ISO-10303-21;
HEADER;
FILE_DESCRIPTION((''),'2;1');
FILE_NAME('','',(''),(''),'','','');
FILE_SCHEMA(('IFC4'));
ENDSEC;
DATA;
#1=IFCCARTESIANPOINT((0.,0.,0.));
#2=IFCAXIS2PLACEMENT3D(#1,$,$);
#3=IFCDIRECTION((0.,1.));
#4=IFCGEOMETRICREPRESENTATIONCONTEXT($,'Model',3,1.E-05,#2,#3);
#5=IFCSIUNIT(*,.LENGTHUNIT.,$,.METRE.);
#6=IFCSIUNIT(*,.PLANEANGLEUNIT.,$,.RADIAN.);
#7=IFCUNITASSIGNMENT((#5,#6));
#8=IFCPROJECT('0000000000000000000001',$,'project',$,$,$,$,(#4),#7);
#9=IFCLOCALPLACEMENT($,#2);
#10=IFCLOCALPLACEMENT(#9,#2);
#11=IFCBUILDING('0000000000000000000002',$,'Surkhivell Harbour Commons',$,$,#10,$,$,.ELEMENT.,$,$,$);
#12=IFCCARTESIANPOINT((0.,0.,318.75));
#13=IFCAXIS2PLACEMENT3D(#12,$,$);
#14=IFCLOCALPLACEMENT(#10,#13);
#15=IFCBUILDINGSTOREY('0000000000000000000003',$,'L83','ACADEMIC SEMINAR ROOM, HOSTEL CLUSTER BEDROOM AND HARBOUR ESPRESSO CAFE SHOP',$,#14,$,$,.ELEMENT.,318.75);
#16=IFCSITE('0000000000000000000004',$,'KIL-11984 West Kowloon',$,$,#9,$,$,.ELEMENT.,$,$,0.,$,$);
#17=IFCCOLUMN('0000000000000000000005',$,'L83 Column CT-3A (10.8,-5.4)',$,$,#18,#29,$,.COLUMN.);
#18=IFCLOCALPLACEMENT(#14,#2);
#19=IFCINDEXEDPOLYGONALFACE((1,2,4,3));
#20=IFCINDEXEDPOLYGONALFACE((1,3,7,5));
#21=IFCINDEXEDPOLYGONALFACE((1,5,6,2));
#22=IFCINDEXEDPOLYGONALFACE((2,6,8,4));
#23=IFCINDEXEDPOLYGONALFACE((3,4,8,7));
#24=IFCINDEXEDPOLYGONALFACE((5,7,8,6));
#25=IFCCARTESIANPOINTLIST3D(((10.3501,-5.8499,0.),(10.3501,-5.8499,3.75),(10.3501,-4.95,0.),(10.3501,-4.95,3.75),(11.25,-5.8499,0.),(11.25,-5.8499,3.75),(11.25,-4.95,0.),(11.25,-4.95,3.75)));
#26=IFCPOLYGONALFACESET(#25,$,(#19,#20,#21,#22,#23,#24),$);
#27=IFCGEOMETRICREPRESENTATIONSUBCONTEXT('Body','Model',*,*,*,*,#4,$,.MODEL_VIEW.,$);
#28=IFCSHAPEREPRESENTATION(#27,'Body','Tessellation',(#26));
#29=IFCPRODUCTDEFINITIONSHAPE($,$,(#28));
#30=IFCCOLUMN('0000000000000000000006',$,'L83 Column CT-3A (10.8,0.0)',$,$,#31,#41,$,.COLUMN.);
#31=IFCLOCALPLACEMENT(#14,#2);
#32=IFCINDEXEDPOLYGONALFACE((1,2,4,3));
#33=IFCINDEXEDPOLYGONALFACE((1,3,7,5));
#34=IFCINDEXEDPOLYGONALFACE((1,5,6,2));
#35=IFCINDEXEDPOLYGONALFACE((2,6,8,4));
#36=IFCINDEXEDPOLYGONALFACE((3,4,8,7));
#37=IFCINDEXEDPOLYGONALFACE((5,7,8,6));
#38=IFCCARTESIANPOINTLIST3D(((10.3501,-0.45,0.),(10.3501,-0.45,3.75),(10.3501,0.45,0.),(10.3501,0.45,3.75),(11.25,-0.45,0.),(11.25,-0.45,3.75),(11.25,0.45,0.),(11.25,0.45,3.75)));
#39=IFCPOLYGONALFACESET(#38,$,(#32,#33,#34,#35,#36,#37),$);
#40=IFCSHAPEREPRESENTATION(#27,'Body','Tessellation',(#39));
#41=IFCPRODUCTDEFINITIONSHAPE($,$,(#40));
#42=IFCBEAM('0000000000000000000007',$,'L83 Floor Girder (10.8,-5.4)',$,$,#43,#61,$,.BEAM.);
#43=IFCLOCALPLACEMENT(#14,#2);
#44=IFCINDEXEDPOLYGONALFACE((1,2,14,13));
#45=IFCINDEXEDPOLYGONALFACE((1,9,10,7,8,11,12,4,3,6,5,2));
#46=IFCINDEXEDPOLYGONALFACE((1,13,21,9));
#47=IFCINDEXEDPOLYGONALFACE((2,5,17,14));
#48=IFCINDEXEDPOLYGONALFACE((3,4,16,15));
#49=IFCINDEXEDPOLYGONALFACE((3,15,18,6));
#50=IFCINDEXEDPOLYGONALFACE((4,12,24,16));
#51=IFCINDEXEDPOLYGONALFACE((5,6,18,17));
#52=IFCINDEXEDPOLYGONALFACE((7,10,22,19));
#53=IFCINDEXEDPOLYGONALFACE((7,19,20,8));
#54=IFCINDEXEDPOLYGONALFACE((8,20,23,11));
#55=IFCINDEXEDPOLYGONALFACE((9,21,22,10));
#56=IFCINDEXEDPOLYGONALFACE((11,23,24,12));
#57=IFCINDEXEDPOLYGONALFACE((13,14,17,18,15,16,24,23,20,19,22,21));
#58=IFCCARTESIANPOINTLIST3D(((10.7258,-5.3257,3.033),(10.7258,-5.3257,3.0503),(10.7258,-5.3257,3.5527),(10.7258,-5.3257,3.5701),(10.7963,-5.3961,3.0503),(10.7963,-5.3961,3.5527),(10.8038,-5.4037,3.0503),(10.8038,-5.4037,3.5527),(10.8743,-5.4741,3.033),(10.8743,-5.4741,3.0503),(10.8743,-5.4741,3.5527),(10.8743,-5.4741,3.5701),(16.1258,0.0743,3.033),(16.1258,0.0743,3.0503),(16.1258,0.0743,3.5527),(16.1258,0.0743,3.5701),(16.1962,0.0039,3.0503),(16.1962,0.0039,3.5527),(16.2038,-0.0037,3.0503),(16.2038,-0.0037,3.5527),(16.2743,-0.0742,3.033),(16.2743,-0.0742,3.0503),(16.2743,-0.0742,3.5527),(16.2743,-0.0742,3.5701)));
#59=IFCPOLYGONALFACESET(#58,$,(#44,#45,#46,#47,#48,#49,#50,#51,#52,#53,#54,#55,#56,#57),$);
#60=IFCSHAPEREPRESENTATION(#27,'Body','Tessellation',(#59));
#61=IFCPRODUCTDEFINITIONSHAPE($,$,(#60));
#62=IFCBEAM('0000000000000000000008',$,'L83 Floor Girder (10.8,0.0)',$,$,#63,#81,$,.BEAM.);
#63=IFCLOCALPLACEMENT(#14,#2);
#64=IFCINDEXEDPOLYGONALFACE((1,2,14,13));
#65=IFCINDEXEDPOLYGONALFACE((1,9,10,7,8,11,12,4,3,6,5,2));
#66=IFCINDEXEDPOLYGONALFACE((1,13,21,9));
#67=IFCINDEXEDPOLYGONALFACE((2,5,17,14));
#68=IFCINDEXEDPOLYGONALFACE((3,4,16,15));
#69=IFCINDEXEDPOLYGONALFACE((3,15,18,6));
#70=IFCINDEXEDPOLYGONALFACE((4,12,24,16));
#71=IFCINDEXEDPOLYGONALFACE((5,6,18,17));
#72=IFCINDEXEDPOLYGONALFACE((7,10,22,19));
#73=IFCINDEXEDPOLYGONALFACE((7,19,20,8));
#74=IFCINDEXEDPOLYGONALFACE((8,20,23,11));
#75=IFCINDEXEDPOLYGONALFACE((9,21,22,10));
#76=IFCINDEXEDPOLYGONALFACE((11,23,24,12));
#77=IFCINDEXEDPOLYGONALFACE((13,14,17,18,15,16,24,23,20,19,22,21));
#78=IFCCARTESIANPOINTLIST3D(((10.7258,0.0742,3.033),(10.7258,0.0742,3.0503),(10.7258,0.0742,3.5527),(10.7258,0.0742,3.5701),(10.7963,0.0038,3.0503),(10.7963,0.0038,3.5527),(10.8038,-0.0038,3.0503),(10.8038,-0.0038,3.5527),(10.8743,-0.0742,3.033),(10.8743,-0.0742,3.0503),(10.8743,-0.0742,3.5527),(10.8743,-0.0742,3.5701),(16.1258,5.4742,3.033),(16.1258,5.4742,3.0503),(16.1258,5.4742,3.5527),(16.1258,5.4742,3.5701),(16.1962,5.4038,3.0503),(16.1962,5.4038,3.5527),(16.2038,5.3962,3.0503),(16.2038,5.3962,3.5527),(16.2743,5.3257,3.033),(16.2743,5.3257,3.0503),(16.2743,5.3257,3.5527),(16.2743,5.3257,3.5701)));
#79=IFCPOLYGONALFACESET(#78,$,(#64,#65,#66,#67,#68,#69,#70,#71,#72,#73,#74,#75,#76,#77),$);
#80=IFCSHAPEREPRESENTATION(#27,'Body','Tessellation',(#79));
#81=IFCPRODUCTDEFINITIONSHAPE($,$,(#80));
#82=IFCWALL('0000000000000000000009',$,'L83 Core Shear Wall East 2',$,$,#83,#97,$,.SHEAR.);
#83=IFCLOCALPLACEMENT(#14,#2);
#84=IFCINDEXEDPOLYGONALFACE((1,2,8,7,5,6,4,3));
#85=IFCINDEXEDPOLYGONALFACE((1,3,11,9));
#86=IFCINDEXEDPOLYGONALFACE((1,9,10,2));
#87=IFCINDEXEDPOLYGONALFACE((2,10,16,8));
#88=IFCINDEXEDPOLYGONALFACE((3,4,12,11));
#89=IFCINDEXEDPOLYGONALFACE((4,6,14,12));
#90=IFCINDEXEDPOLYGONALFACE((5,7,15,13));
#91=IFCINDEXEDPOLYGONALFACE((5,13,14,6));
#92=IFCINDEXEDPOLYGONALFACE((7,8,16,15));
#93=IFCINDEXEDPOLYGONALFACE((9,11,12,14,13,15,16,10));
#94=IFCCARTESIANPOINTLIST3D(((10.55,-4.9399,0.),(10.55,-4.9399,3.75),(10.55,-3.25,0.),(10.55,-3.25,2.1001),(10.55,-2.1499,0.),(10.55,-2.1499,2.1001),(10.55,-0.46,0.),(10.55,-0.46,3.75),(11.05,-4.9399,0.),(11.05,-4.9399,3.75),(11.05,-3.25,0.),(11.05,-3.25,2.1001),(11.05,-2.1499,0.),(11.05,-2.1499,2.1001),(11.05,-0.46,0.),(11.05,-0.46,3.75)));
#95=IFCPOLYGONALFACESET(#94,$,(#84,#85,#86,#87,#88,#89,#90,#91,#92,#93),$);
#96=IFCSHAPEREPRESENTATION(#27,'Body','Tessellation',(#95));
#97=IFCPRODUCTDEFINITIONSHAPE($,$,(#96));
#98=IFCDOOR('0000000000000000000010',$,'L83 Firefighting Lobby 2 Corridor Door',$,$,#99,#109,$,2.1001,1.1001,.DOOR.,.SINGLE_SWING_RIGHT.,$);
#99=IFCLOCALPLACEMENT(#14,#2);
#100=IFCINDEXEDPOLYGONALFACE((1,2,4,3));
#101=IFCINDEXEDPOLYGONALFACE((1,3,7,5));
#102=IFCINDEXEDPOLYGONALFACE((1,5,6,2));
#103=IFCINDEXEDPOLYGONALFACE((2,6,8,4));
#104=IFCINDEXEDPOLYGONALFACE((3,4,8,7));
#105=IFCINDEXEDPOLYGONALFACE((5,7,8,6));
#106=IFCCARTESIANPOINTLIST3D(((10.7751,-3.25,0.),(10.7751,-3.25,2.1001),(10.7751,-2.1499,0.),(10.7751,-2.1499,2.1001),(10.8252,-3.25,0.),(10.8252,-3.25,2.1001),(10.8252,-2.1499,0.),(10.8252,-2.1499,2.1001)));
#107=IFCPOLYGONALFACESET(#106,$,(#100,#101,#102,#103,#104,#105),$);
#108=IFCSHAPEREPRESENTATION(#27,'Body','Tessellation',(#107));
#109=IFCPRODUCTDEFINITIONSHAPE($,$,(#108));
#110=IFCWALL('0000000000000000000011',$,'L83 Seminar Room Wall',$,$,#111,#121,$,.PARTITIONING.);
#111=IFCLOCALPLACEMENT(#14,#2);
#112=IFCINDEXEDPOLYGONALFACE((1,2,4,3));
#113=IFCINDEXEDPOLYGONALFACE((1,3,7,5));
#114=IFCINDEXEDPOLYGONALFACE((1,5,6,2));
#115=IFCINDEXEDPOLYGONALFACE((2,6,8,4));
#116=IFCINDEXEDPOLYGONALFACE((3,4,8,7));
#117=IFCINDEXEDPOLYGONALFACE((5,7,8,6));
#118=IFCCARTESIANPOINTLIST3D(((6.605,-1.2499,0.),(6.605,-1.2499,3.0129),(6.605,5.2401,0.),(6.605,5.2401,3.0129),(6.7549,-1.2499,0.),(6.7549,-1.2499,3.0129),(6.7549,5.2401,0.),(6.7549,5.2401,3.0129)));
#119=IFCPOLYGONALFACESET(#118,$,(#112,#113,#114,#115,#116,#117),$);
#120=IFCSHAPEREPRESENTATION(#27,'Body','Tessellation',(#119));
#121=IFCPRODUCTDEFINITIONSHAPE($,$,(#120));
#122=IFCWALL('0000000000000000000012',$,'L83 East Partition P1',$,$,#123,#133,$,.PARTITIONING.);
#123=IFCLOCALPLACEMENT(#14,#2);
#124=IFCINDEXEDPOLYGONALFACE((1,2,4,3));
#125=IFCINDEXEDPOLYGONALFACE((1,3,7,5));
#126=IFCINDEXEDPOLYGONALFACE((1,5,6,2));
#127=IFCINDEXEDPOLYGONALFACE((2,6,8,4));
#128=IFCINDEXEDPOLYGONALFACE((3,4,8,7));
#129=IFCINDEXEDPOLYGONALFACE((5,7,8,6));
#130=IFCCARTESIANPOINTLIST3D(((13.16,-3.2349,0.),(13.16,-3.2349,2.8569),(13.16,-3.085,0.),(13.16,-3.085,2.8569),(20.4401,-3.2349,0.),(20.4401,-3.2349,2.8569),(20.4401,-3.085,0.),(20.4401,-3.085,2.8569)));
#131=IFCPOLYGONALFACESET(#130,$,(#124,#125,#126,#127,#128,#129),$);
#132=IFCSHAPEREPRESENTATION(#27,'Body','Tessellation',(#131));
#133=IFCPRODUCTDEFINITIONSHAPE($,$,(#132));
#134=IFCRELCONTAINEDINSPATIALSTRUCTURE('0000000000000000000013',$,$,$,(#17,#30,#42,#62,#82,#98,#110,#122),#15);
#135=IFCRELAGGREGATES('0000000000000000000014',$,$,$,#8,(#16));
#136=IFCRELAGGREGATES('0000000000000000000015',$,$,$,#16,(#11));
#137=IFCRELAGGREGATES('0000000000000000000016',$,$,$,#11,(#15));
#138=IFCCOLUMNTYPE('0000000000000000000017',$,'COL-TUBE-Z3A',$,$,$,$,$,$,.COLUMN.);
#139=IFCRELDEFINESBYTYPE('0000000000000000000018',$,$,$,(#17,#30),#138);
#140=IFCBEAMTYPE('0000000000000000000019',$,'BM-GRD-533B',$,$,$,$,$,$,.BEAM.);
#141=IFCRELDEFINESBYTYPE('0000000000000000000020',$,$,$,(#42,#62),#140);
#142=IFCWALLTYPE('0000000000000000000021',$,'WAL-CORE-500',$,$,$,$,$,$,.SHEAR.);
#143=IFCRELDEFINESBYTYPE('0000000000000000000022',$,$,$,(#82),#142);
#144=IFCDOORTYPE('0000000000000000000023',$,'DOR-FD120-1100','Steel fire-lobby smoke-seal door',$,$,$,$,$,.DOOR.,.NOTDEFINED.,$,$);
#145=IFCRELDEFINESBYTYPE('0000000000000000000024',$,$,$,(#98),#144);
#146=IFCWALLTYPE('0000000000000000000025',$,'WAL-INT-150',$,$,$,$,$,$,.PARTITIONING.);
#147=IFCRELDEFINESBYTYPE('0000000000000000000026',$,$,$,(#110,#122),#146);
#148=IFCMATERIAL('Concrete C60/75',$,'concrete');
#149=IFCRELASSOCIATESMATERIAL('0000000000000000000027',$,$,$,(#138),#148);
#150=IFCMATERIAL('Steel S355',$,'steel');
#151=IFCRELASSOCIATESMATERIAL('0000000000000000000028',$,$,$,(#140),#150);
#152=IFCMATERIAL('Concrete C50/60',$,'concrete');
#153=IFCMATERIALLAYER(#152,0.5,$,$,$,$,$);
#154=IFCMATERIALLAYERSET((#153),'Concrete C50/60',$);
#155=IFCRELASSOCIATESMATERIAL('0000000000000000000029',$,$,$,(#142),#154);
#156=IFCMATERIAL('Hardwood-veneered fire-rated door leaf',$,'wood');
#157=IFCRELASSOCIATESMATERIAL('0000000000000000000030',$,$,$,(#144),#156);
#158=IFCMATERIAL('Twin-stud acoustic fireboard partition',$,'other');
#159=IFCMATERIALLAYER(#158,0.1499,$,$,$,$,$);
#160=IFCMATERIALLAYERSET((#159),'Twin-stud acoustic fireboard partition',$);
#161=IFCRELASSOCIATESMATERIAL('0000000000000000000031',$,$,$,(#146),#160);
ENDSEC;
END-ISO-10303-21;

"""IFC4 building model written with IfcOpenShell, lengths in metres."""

from ifc_helpers import new_model, si_unit, direction, frame, frame_2d, origin, origin_2d, place, context, subcontext, project, spatial, rectangle, i_section, extrude, material, layer, layer_set, material_profile, profile_set, type_object, element, fill, save


model = new_model("IFC4")

# Units and contexts
model_context = context("Model", 3, precision=1e-05, world=origin(), true_north=direction((0.0, 1.0)))
body_context = subcontext(model_context, "Body", "Model", "MODEL_VIEW")
ifc_project = project(units=[si_unit("LENGTHUNIT", "METRE"), si_unit("PLANEANGLEUNIT", "RADIAN")], contexts=[model_context])

# Site, building, storey
site_placement = place(None, origin())
site = spatial("IfcSite", under=ifc_project, at=site_placement, Name="KIL-11984 West Kowloon", CompositionType="ELEMENT", RefElevation=0.0)
building_placement = place(site_placement, origin())
building = spatial("IfcBuilding", under=site, at=building_placement, Name="Surkhivell Harbour Commons", CompositionType="ELEMENT")
storey_placement = place(building_placement, frame((0.0, 0.0, 318.75)))
storey = spatial("IfcBuildingStorey", under=building, at=storey_placement, Name="L83", Description="ACADEMIC SEMINAR ROOM, HOSTEL CLUSTER BEDROOM AND HARBOUR ESPRESSO CAFE SHOP", CompositionType="ELEMENT", Elevation=318.75)

# Columns
ifc_material_1 = material(Name="Concrete C60/75", Category="concrete")
ifc_material_profile_1 = material_profile(ifc_material_1, rectangle(XDim=0.8999, YDim=0.8999, at=origin_2d()), Name="RC-COL-900x900")
ifc_profile_set_1 = profile_set([ifc_material_profile_1], Name="Concrete C60/75")
column_type = type_object("IfcColumnType", Name="COL-TUBE-Z3A", PredefinedType="COLUMN", material=ifc_profile_set_1)
for number, where, z_axis, x_axis, name in (
    (1, (10.8, -5.3999, 0.0), (0.0, 0.0, 1.0), (1.0, 0.0, 0.0), "L83 Column CT-3A (10.8,-5.4)"),
    (2, (10.8, 0.0, 0.0), (0.0, 0.0, 1.0), (1.0, 0.0, 0.0), "L83 Column CT-3A (10.8,0.0)"),
):
    element("IfcColumn", number, at=place(storey_placement, frame(where, z_axis=z_axis, x_axis=x_axis)), inside=storey, type_object=column_type, Name=name, PredefinedType="COLUMN", context=body_context, shape_type="SweptSolid", body=[
        extrude(rectangle(XDim=0.8999, YDim=0.8999, at=origin_2d()), origin(), (0.0, 0.0, 1.0), 3.75),
    ])

# Beams
ifc_material_2 = material(Name="Steel S355", Category="steel")
ifc_material_profile_2 = material_profile(ifc_material_2, i_section(OverallWidth=0.21, OverallDepth=0.5371, WebThickness=0.0107, FlangeThickness=0.0173, at=origin_2d()), Name="UB533x210x101")
ifc_profile_set_2 = profile_set([ifc_material_profile_2], Name="Steel S355")
beam_type = type_object("IfcBeamType", Name="BM-GRD-533B", PredefinedType="BEAM", material=ifc_profile_set_2)
for number, where, z_axis, x_axis, name in (
    (3, (10.8, -5.3999, 3.3015), (0.707107, 0.707107, 0.0), (-0.707107, 0.707107, 0.0), "L83 Floor Girder (10.8,-5.4)"),
    (4, (10.8, 0.0, 3.3015), (0.707107, 0.707107, 0.0), (-0.707107, 0.707107, 0.0), "L83 Floor Girder (10.8,0.0)"),
):
    element("IfcBeam", number, at=place(storey_placement, frame(where, z_axis=z_axis, x_axis=x_axis)), inside=storey, type_object=beam_type, Name=name, PredefinedType="BEAM", context=body_context, shape_type="SweptSolid", body=[
        extrude(i_section(OverallWidth=0.21, OverallDepth=0.5371, WebThickness=0.0107, FlangeThickness=0.0173, at=origin_2d()), origin(), (0.0, 0.0, 1.0), 7.6367),
    ])

# Wall, opening, door
ifc_material_3 = material(Name="Concrete C50/60", Category="concrete")
ifc_layer_1 = layer(ifc_material_3, 0.5)
ifc_layer_set_1 = layer_set([ifc_layer_1], Name="Concrete C50/60")
wall_type_1 = type_object("IfcWallType", Name="WAL-CORE-500", PredefinedType="SHEAR", material=ifc_layer_set_1)
wall_1_placement = place(storey_placement, frame((10.8, -4.9399, 0.0), z_axis=(0.0, 0.0, 1.0), x_axis=(0.0, 1.0, 0.0)))
wall_1 = element("IfcWall", 5, at=wall_1_placement, inside=storey, type_object=wall_type_1, Name="L83 Core Shear Wall East 2", PredefinedType="SHEAR", context=body_context, shape_type="SweptSolid", body=[
    extrude(rectangle(XDim=4.48, YDim=0.5, at=frame_2d((2.24, 0.0))), origin(), (0.0, 0.0, 1.0), 3.75),
])
opening_1_placement = place(wall_1_placement, frame((1.6899, 0.0, 0.0)))
opening_1 = element("IfcOpeningElement", 6, at=opening_1_placement, cuts=wall_1, PredefinedType="OPENING", context=body_context, shape_type="SweptSolid", body=[
    extrude(rectangle(XDim=1.1001, YDim=2.1001, at=frame_2d((0.55, 1.05))), frame((0.0, 0.26, 0.0), z_axis=(0.0, -1.0, 0.0), x_axis=(1.0, 0.0, 0.0)), (0.0, 0.0, 1.0), 0.52),
])
ifc_material_4 = material(Name="Hardwood-veneered fire-rated door leaf", Category="wood")
door_type_1 = type_object("IfcDoorType", Name="DOR-FD120-1100", Description="Steel fire-lobby smoke-seal door", OperationType="NOTDEFINED", PredefinedType="DOOR", material=ifc_material_4)
door_1_placement = place(opening_1_placement, origin())
door_1 = element("IfcDoor", 7, at=door_1_placement, inside=storey, type_object=door_type_1, Name="L83 Firefighting Lobby 2 Corridor Door", OperationType="SINGLE_SWING_RIGHT", OverallHeight=2.1001, OverallWidth=1.1001, PredefinedType="DOOR", context=body_context, shape_type="SweptSolid", body=[
    extrude(rectangle(XDim=1.1001, YDim=2.1001, at=frame_2d((0.55, 1.05))), frame((0.0, 0.0249, 0.0), z_axis=(0.0, -1.0, 0.0), x_axis=(1.0, 0.0, 0.0)), (0.0, 0.0, 1.0), 0.05),
])
fill(opening_1, door_1)

# Walls
ifc_material_5 = material(Name="Twin-stud acoustic fireboard partition", Category="other")
ifc_layer_2 = layer(ifc_material_5, 0.1499)
ifc_layer_set_2 = layer_set([ifc_layer_2], Name="Twin-stud acoustic fireboard partition")
wall_type_2 = type_object("IfcWallType", Name="WAL-INT-150", PredefinedType="PARTITIONING", material=ifc_layer_set_2)
wall_2_placement = place(storey_placement, frame((6.6799, -1.25, 0.0), z_axis=(0.0, 0.0, 1.0), x_axis=(0.0, 1.0, 0.0)))
element("IfcWall", 8, at=wall_2_placement, inside=storey, type_object=wall_type_2, Name="L83 Seminar Room Wall", PredefinedType="PARTITIONING", context=body_context, shape_type="SweptSolid", body=[
    extrude(rectangle(XDim=6.49, YDim=0.1499, at=frame_2d((3.2451, 0.0))), origin(), (0.0, 0.0, 1.0), 3.0129),
])
wall_3_placement = place(storey_placement, frame((13.1599, -3.1599, 0.0), z_axis=(0.0, 0.0, 1.0), x_axis=(1.0, 0.0, 0.0)))
element("IfcWall", 9, at=wall_3_placement, inside=storey, type_object=wall_type_2, Name="L83 East Partition P1", PredefinedType="PARTITIONING", context=body_context, shape_type="SweptSolid", body=[
    extrude(rectangle(XDim=7.28, YDim=0.1499, at=frame_2d((3.6401, 0.0))), origin(), (0.0, 0.0, 1.0), 2.8569),
])

save(model, "model.ifc")
